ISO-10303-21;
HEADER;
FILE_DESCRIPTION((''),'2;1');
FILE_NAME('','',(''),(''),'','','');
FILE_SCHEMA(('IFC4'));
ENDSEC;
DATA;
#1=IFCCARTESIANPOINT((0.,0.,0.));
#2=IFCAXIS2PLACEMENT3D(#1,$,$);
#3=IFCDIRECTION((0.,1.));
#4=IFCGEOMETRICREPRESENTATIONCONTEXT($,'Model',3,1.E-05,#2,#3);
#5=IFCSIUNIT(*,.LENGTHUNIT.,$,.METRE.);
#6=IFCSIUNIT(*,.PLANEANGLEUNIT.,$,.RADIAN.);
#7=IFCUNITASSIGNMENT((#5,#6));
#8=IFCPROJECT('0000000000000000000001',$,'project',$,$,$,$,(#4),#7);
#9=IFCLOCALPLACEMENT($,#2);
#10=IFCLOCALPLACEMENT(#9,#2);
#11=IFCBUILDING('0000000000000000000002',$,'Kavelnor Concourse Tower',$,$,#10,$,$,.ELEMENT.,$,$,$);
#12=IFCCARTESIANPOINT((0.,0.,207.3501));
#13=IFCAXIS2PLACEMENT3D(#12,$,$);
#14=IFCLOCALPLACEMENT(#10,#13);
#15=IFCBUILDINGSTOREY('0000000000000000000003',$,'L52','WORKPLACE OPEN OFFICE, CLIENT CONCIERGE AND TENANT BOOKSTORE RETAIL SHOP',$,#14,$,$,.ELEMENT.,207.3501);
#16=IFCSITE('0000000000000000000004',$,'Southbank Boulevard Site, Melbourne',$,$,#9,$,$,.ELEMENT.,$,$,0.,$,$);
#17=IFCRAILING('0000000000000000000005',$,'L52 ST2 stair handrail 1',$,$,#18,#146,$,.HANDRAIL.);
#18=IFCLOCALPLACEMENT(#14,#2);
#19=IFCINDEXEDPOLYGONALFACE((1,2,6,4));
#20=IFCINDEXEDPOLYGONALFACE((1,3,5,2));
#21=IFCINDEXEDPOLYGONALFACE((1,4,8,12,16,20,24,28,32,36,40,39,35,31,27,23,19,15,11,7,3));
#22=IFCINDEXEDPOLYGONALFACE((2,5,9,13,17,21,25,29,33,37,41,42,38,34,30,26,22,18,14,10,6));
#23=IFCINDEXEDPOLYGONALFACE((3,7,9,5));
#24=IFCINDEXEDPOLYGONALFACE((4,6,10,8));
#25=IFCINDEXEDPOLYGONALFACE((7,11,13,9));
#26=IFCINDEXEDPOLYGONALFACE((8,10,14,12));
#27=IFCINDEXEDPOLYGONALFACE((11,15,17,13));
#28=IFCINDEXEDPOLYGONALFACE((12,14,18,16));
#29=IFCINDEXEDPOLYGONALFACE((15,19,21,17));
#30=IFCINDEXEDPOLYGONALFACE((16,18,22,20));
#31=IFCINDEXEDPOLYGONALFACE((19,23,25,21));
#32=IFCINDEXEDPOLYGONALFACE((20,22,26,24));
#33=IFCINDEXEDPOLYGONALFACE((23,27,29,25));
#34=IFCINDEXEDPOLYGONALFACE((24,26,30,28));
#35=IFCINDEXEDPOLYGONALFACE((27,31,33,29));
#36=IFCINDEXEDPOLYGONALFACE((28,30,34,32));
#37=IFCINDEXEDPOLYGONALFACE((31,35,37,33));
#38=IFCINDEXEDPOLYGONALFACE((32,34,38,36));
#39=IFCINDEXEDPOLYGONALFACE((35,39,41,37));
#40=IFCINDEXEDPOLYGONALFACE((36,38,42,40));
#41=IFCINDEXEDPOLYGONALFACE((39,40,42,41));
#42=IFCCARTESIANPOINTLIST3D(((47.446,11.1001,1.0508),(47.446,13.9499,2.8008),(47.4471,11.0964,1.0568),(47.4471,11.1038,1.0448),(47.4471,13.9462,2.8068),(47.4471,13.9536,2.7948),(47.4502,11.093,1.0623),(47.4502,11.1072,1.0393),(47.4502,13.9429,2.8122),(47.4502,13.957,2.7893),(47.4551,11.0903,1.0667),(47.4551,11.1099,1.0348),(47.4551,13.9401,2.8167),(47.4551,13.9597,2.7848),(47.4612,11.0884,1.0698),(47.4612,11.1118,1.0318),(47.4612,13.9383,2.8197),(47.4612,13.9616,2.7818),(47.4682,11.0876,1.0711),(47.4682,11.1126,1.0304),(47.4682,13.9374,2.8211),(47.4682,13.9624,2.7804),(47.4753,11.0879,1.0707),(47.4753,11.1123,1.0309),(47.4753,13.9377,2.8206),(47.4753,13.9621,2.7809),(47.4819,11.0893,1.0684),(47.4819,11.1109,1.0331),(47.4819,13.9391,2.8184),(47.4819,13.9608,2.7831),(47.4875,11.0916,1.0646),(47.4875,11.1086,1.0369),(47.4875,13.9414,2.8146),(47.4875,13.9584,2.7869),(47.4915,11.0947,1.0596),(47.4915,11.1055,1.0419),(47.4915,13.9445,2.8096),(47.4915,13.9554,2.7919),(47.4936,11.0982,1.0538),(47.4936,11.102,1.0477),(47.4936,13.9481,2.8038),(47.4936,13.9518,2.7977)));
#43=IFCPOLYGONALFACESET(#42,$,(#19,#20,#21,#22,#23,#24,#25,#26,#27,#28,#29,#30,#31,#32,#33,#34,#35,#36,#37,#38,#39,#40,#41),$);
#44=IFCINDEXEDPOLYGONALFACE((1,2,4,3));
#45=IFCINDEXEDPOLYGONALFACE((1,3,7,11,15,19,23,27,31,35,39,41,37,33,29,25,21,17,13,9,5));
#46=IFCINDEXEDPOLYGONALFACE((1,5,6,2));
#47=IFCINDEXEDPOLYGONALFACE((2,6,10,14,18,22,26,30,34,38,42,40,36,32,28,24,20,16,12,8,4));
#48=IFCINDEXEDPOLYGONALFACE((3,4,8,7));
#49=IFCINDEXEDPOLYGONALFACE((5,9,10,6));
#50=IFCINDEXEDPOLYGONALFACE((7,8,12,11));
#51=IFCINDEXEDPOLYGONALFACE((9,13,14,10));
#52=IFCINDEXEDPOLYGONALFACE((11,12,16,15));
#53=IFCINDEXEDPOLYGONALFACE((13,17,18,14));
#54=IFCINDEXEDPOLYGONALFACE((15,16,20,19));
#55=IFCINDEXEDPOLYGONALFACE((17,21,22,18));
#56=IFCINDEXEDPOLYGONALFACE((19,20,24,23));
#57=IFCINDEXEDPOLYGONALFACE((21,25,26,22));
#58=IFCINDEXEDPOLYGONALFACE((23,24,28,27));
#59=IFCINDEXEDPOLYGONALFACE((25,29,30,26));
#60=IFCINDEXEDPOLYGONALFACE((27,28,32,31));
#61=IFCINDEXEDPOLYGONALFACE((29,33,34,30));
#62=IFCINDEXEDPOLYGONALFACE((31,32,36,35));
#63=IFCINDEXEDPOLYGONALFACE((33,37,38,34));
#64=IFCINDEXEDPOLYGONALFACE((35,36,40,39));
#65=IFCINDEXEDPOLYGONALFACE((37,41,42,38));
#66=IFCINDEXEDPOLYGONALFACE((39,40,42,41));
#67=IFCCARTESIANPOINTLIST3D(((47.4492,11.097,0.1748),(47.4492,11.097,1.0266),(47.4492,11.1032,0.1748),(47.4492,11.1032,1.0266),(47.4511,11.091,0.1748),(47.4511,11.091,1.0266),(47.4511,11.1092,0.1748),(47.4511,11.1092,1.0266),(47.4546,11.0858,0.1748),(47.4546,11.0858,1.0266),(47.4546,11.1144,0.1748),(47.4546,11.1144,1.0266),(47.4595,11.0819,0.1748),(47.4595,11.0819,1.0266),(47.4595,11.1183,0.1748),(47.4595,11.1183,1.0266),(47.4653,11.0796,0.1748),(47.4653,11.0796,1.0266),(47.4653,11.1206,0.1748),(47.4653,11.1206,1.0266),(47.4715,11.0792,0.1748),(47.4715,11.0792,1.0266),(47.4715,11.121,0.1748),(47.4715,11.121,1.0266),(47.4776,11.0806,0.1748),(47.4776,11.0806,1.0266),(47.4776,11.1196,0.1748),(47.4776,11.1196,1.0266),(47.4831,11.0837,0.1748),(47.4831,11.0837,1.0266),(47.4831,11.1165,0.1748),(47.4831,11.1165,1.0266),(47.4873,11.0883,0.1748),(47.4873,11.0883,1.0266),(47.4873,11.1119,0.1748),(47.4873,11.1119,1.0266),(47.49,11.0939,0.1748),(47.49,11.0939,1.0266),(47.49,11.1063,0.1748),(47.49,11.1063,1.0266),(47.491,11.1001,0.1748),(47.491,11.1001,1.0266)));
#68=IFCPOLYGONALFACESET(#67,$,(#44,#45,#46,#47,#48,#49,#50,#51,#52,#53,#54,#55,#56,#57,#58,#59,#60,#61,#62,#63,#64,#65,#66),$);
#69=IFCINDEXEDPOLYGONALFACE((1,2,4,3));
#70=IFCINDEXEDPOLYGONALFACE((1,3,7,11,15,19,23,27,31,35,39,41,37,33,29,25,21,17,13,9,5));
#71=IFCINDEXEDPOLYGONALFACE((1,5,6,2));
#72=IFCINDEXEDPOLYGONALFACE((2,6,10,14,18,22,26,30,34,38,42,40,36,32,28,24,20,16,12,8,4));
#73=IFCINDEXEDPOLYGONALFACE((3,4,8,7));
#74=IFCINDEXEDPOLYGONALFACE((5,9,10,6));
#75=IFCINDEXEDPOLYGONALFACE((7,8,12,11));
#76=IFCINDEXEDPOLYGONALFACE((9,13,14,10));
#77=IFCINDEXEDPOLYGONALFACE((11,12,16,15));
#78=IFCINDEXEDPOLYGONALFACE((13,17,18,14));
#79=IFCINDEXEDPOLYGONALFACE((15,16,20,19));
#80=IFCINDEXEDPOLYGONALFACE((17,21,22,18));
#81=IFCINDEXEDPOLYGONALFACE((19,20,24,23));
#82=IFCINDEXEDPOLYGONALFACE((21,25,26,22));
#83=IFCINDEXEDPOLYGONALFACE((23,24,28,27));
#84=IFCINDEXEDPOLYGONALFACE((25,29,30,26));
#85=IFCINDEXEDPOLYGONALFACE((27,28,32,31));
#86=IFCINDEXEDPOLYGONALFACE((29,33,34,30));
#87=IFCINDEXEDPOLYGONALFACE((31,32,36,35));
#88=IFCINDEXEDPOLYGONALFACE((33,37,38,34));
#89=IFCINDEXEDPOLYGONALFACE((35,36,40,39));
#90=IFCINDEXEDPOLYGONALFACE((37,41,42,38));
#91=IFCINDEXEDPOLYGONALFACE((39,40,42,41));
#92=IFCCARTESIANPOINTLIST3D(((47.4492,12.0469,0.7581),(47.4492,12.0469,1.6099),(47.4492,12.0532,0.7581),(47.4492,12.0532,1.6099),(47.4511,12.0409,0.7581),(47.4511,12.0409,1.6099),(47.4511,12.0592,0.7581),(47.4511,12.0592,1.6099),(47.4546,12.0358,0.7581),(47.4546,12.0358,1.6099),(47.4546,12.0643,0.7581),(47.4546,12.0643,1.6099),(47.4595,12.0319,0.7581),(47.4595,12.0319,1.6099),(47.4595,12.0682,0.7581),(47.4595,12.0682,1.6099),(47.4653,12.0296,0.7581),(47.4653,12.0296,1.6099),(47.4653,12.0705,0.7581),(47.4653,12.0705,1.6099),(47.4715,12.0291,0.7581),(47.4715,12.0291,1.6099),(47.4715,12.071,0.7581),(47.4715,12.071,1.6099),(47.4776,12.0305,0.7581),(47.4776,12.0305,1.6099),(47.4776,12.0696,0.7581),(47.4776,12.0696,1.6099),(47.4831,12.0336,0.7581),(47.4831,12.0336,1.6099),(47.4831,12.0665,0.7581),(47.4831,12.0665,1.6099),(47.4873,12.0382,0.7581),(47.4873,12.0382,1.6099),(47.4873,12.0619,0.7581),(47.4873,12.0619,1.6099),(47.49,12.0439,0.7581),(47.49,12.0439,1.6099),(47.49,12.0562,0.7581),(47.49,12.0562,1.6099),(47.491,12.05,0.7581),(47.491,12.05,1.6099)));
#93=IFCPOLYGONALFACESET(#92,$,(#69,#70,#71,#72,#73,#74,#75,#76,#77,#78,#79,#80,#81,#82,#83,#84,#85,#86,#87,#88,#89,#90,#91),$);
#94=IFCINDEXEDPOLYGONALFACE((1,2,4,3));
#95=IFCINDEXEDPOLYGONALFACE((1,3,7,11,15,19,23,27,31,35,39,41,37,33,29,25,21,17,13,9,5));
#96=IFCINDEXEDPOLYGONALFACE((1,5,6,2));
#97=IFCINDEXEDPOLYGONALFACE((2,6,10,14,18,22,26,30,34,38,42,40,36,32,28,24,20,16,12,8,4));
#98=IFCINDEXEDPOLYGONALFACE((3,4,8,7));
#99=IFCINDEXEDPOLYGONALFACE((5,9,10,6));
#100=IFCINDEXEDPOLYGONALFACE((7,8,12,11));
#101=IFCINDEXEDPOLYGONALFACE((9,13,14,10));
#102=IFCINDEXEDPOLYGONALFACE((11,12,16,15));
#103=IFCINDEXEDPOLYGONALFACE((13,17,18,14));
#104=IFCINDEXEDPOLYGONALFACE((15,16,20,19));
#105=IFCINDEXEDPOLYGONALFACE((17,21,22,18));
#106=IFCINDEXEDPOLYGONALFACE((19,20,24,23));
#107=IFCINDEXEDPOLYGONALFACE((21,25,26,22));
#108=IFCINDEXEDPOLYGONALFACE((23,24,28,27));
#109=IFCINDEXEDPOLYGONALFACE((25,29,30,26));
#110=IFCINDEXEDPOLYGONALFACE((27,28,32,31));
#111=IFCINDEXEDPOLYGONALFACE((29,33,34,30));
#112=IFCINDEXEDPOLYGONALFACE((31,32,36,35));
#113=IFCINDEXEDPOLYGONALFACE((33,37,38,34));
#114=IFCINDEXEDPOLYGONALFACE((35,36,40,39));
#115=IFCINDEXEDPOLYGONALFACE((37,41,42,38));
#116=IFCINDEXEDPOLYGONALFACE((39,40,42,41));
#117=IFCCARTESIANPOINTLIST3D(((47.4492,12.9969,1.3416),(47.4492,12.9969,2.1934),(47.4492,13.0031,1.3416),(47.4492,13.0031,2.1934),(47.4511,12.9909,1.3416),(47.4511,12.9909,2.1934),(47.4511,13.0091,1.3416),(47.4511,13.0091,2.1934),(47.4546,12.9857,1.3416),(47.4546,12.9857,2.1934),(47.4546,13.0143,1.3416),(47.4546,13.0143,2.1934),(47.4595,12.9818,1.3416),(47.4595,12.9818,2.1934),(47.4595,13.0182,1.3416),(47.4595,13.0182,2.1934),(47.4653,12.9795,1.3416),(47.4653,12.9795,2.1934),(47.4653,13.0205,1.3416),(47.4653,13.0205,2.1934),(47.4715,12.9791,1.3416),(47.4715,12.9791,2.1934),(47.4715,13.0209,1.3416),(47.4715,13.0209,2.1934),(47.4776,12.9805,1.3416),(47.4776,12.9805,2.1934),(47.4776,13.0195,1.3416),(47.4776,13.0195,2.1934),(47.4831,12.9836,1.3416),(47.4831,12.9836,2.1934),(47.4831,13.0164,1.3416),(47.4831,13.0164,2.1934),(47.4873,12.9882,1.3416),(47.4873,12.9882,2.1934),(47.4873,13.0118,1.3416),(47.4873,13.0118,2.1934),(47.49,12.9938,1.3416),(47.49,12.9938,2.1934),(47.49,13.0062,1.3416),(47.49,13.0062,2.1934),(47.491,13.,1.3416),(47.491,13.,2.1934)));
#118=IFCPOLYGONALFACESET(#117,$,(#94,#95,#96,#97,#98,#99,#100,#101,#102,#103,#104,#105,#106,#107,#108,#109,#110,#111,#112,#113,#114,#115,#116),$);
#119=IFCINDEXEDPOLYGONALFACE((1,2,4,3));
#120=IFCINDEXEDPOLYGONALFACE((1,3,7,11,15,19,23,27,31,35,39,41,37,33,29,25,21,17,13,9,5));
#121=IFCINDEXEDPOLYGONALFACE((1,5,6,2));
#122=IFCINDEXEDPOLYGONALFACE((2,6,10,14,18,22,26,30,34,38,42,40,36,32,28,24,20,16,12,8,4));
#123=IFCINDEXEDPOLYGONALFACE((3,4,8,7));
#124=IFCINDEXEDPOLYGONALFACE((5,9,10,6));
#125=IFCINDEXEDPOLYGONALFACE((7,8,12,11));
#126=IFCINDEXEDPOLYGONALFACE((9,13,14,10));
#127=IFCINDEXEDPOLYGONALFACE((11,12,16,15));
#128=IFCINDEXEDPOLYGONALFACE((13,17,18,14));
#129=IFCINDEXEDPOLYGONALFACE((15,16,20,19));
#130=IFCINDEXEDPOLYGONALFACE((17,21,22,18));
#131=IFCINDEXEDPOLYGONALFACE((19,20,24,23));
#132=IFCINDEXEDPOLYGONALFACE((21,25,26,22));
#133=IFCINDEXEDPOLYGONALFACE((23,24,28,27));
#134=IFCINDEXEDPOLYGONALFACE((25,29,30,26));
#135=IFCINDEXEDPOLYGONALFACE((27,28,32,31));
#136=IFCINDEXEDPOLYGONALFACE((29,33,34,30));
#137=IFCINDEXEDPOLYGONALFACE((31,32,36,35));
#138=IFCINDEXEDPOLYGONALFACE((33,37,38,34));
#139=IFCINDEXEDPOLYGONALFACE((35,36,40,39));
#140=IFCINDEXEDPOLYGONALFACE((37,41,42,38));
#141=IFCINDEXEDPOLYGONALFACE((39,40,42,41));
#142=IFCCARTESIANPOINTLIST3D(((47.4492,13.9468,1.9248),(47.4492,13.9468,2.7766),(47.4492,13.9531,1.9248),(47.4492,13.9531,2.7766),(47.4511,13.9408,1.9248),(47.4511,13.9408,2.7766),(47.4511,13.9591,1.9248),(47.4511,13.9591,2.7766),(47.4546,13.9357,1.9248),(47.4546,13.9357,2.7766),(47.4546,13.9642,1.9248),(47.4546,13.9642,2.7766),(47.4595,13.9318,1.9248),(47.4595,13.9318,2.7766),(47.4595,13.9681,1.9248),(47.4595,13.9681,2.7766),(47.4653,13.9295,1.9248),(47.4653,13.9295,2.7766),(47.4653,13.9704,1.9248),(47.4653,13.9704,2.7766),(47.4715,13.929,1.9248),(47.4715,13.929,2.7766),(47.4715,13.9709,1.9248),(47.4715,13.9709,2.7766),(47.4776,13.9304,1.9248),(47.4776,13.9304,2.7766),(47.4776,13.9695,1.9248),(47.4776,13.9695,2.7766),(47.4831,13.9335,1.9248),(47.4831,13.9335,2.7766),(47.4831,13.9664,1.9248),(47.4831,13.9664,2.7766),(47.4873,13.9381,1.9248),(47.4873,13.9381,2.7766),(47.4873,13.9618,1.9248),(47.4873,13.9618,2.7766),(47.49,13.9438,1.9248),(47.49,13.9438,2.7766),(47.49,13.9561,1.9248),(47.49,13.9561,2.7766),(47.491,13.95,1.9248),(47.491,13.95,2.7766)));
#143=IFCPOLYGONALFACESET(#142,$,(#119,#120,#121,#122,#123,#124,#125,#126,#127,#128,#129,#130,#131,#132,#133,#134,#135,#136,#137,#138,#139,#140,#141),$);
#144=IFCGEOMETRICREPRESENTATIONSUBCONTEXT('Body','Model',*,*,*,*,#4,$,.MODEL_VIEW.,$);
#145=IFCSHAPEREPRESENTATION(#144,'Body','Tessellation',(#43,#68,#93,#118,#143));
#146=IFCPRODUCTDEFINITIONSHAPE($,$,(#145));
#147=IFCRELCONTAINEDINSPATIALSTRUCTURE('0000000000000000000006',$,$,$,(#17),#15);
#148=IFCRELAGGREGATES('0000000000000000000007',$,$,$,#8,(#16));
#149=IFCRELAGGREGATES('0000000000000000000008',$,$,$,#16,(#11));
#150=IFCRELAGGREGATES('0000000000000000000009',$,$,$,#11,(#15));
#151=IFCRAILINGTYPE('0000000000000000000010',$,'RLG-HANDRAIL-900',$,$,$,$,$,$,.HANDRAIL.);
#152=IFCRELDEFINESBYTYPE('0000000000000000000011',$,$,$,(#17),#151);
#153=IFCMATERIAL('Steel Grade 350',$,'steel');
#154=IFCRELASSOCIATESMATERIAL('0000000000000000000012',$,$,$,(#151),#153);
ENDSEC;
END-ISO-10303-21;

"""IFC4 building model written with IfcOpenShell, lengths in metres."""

from ifc_helpers import new_model, si_unit, direction, frame, origin, origin_2d, place, context, subcontext, project, spatial, circle, extrude, material, type_object, element, save


model = new_model("IFC4")

# Units and contexts
model_context = context("Model", 3, precision=1e-05, world=origin(), true_north=direction((0.0, 1.0)))
body_context = subcontext(model_context, "Body", "Model", "MODEL_VIEW")
ifc_project = project(units=[si_unit("LENGTHUNIT", "METRE"), si_unit("PLANEANGLEUNIT", "RADIAN")], contexts=[model_context])

# Site, building, storey
site_placement = place(None, origin())
site = spatial("IfcSite", under=ifc_project, at=site_placement, Name="Southbank Boulevard Site, Melbourne", CompositionType="ELEMENT", RefElevation=0.0)
building_placement = place(site_placement, origin())
building = spatial("IfcBuilding", under=site, at=building_placement, Name="Kavelnor Concourse Tower", CompositionType="ELEMENT")
storey_placement = place(building_placement, frame((0.0, 0.0, 207.3501)))
storey = spatial("IfcBuildingStorey", under=building, at=storey_placement, Name="L52", Description="WORKPLACE OPEN OFFICE, CLIENT CONCIERGE AND TENANT BOOKSTORE RETAIL SHOP", CompositionType="ELEMENT", Elevation=207.3501)

# Shared definitions
ifc_material_1 = material(Name="Steel Grade 350", Category="steel")

# Railing
railing_type_1 = type_object("IfcRailingType", Name="RLG-HANDRAIL-900", PredefinedType="HANDRAIL", material=ifc_material_1)
railing_1_placement = place(storey_placement, frame((47.47, 11.1001, 0.1748)))
element("IfcRailing", 1, at=railing_1_placement, inside=storey, type_object=railing_type_1, Name="L52 ST2 stair handrail 1", PredefinedType="HANDRAIL", context=body_context, shape_type="SweptSolid", body=[
    extrude(circle(Radius=0.0239, at=origin_2d()), frame((0.0, 0.0, 0.876), z_axis=(0.0, 0.852159, 0.523283), x_axis=(-1.0, 0.0, 0.0)), (0.0, 0.0, 1.0), 3.3442),
    extrude(circle(Radius=0.021, at=origin_2d()), origin(), (0.0, 0.0, 1.0), 0.8518),
    extrude(circle(Radius=0.021, at=origin_2d()), frame((0.0, 0.95, 0.5833)), (0.0, 0.0, 1.0), 0.8518),
    extrude(circle(Radius=0.021, at=origin_2d()), frame((0.0, 1.8999, 1.1667)), (0.0, 0.0, 1.0), 0.8518),
    extrude(circle(Radius=0.021, at=origin_2d()), frame((0.0, 2.8499, 1.75)), (0.0, 0.0, 1.0), 0.8518),
])

save(model, "model.ifc")
